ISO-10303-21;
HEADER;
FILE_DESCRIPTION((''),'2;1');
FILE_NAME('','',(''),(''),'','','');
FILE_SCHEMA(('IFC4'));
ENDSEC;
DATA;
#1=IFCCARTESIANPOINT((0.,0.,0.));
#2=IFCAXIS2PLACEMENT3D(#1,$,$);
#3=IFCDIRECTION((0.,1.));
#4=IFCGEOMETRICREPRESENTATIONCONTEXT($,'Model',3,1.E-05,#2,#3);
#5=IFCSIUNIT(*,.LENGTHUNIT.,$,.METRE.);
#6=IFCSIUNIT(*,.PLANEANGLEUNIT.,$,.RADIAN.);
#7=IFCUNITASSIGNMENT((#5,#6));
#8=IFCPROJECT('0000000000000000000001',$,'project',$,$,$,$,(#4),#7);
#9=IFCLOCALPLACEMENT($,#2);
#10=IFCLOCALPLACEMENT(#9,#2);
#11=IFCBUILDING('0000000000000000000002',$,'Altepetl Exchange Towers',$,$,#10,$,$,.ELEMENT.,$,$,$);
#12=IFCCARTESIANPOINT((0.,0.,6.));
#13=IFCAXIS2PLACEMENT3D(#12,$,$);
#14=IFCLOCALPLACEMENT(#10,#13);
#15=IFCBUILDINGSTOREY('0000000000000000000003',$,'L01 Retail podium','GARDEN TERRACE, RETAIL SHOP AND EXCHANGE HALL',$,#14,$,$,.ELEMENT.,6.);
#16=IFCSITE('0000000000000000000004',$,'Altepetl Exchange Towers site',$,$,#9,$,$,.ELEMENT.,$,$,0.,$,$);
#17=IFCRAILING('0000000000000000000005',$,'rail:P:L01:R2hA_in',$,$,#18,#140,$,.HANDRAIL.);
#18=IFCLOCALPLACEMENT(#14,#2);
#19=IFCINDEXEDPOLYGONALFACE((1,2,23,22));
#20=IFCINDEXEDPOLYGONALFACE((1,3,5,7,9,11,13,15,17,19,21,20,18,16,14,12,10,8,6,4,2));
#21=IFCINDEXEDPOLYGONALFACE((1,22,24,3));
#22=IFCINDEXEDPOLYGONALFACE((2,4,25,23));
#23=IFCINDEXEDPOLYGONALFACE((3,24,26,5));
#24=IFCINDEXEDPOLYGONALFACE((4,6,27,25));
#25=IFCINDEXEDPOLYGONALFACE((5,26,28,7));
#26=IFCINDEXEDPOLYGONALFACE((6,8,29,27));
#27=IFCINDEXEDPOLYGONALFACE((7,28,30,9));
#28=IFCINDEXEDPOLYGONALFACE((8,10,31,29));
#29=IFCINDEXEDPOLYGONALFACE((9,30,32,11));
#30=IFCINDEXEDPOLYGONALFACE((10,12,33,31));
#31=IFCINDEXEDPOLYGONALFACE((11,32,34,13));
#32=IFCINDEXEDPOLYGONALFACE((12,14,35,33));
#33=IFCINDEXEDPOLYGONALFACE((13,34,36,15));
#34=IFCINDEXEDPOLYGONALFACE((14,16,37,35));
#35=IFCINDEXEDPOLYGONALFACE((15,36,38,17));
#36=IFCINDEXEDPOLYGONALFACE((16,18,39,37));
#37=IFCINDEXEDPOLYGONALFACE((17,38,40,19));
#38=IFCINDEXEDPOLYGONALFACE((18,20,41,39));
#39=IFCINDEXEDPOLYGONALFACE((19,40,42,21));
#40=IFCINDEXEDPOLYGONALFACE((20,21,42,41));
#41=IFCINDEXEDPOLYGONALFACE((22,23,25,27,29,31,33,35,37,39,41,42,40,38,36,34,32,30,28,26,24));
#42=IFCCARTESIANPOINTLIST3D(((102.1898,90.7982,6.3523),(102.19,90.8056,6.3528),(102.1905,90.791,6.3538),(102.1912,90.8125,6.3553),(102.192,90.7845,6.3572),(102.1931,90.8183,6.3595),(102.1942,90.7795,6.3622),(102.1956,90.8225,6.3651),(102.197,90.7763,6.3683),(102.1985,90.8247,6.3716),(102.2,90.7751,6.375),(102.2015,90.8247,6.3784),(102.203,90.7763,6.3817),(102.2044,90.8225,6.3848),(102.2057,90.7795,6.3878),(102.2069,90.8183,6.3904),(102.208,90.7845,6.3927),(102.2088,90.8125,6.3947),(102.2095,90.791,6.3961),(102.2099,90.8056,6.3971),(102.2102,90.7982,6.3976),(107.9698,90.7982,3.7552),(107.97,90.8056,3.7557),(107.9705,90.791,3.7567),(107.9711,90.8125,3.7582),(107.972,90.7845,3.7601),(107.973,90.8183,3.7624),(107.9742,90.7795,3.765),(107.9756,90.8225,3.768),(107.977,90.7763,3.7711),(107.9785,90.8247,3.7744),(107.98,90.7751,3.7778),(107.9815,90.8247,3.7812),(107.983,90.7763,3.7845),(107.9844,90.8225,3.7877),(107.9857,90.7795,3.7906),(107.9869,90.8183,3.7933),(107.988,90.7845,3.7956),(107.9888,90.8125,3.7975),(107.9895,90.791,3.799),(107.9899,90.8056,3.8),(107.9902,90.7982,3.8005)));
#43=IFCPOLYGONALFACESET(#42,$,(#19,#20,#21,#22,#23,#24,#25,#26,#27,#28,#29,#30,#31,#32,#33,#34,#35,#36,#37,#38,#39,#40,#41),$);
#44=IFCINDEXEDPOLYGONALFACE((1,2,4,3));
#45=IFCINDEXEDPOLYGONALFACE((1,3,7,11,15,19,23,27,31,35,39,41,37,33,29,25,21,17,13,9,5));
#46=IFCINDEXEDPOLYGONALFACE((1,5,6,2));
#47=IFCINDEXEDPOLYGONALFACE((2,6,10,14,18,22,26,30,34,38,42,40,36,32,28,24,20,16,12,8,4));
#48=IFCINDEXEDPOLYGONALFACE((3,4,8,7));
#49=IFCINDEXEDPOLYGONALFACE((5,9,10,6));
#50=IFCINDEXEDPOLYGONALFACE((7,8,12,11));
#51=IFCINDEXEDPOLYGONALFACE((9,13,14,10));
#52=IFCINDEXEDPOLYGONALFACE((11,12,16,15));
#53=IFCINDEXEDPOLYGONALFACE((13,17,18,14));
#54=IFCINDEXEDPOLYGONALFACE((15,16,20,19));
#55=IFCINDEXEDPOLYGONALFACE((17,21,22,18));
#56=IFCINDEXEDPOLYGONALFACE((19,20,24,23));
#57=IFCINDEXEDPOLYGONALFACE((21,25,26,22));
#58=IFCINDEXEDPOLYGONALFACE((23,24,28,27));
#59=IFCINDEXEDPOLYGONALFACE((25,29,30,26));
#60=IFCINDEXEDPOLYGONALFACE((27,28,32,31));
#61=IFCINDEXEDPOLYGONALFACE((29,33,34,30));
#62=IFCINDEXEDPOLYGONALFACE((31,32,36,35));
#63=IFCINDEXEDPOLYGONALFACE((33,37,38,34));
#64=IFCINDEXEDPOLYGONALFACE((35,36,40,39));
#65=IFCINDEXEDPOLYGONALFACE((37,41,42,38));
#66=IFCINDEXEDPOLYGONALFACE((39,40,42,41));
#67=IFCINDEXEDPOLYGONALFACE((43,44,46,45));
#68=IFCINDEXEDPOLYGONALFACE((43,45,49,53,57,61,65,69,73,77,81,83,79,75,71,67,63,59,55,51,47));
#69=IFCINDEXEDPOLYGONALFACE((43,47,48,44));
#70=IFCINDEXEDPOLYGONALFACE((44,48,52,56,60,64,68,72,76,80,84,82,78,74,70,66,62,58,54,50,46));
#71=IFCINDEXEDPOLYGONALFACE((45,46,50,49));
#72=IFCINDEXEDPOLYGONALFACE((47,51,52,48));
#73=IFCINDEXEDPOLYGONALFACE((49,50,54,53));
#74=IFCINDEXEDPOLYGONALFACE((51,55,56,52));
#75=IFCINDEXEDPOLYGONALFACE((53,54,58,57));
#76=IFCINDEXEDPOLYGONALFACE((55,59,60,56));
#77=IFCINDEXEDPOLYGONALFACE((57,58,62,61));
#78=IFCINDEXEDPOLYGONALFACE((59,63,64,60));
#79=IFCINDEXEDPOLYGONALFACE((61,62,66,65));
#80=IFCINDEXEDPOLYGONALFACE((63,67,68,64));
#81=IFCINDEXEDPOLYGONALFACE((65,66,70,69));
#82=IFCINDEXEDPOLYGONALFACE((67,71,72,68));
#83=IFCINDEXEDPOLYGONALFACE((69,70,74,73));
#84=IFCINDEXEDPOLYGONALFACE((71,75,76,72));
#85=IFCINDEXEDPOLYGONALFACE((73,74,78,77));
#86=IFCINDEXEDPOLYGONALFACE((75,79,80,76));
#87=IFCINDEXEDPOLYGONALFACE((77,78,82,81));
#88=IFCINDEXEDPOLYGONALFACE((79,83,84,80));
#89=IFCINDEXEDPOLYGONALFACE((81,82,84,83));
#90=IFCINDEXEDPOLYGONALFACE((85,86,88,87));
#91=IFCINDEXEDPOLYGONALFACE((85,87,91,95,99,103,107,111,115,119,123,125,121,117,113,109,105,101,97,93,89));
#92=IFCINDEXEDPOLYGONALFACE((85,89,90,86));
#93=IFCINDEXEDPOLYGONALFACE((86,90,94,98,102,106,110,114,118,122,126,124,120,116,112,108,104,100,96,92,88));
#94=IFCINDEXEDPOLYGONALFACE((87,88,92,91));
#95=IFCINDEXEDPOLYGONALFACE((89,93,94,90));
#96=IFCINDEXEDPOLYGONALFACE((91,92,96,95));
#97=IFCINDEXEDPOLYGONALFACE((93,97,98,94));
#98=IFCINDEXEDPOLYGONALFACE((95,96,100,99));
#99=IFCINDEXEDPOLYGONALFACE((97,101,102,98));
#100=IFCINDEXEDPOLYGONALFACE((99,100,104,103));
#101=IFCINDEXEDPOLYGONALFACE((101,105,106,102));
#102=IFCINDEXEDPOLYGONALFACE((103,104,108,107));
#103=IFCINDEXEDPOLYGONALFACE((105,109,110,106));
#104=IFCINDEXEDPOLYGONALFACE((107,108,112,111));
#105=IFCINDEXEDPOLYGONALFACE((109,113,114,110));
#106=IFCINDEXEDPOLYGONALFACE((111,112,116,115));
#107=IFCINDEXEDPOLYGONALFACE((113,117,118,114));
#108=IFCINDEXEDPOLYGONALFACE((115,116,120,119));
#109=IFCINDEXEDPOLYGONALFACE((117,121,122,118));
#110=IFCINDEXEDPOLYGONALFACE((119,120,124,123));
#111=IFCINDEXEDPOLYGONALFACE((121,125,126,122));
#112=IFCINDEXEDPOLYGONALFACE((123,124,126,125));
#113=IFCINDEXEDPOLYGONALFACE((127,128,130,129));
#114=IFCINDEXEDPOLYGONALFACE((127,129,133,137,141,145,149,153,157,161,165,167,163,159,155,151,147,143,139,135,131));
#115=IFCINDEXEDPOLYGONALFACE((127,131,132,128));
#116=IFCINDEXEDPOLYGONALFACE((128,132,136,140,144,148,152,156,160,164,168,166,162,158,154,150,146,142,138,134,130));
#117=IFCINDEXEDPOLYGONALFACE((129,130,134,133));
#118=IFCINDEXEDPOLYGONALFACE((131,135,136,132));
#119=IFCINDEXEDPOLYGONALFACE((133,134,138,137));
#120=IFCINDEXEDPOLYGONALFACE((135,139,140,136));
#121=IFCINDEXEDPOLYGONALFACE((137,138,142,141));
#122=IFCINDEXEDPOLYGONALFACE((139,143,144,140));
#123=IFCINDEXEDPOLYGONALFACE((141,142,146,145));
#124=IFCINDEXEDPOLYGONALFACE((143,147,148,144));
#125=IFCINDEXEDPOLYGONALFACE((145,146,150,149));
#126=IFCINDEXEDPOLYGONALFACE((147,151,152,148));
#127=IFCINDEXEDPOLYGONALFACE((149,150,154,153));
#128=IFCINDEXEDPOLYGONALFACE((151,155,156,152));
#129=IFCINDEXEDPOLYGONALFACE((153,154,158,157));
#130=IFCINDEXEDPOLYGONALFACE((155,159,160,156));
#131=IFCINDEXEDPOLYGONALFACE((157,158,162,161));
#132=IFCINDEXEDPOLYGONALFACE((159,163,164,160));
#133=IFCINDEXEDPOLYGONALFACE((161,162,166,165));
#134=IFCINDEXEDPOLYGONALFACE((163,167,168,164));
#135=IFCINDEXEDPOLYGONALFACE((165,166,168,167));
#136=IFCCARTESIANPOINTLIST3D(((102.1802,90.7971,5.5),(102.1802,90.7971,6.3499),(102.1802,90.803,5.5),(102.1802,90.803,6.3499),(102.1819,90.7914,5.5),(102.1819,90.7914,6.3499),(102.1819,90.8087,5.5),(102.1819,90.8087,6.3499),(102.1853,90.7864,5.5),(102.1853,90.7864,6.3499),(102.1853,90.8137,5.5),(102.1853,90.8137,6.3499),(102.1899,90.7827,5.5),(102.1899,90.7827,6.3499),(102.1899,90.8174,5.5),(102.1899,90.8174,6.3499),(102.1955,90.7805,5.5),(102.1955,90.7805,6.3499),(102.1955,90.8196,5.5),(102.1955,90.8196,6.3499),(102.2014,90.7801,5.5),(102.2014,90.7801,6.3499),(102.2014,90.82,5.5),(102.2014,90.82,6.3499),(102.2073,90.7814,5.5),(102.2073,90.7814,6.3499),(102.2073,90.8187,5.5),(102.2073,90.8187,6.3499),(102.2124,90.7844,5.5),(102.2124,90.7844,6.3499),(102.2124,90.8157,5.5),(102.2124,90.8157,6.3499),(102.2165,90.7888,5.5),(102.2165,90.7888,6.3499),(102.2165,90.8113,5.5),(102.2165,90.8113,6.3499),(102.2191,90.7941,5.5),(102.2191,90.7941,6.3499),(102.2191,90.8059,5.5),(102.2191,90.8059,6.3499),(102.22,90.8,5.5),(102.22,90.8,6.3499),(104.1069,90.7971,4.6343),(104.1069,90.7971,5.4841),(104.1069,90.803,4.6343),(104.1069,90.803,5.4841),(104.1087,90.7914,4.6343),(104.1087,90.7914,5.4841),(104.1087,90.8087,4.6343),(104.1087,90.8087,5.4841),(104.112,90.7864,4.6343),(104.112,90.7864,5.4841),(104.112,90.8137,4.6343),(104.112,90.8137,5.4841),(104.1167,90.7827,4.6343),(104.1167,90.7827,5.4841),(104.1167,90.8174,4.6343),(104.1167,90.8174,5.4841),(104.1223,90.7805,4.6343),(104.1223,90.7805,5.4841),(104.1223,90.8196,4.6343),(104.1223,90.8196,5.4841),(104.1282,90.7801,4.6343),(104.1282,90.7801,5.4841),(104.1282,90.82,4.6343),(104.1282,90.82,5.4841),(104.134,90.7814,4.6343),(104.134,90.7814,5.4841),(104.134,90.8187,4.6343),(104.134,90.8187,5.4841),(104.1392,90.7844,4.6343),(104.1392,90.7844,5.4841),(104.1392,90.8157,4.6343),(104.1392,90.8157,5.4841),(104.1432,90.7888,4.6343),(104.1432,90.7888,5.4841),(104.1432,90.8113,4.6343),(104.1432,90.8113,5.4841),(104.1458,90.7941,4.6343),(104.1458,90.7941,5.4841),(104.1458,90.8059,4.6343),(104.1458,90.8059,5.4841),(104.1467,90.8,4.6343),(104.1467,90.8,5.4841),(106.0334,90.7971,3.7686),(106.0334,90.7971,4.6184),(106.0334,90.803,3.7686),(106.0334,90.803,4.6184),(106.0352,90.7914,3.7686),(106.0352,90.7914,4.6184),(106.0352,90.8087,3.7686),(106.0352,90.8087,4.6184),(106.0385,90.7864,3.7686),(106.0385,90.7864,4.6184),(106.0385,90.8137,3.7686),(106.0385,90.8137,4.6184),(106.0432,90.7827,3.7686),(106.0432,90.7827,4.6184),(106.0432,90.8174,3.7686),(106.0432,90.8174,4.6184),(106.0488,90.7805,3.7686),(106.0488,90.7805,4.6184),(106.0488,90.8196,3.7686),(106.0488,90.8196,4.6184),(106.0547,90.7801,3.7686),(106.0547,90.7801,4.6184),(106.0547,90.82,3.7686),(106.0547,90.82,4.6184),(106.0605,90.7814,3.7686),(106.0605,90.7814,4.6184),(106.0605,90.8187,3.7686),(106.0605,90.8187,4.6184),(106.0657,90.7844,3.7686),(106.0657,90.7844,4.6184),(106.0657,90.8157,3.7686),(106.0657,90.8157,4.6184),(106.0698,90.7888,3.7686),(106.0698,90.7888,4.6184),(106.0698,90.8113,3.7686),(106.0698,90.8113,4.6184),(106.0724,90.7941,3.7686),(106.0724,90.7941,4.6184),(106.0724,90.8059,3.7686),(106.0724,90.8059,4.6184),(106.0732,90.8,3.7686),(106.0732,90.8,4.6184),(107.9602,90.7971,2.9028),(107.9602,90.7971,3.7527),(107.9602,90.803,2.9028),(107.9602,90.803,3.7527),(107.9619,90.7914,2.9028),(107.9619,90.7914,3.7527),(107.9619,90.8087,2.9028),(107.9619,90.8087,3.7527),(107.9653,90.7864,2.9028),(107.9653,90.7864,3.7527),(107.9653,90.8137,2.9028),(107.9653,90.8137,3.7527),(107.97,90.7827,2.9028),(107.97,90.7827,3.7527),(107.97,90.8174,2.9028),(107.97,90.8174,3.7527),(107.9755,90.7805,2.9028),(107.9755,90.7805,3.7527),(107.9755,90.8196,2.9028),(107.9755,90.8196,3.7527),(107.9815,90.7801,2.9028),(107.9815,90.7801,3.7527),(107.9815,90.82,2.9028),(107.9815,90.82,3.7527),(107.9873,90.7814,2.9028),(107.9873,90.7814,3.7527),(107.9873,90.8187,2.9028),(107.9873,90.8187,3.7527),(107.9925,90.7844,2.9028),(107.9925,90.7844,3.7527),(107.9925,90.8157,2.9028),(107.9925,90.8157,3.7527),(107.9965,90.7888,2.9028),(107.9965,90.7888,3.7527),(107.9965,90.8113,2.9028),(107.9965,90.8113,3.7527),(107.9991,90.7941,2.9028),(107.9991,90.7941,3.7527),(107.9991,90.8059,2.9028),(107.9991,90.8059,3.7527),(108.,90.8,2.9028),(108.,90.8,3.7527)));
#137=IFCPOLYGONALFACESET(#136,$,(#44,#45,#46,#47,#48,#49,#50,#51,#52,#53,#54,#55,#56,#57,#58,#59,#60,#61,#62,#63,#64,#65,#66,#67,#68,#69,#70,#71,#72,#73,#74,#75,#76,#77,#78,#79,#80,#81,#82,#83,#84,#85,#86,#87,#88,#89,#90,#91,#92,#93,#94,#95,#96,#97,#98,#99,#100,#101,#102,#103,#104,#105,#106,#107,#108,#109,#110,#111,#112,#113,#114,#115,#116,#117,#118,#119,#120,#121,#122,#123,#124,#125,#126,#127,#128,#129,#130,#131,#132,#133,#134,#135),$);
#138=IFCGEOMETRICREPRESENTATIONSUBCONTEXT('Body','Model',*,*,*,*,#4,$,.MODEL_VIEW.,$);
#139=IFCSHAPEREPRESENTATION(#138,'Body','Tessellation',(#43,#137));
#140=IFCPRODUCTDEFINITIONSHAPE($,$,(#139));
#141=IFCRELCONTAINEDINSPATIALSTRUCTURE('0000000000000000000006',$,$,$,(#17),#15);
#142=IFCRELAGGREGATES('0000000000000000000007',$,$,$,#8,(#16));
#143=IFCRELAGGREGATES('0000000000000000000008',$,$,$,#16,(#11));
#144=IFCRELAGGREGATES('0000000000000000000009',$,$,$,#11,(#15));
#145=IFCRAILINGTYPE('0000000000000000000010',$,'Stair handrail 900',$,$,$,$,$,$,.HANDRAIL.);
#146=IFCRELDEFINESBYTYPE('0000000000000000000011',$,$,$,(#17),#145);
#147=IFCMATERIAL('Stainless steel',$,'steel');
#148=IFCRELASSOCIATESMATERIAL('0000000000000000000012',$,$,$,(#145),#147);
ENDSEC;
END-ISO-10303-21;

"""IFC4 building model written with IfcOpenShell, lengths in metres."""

from ifc_helpers import new_model, si_unit, direction, frame, origin, origin_2d, place, context, subcontext, project, spatial, circle, extrude, source, transform, mapped, material, type_object, element, save


model = new_model("IFC4")

# Units and contexts
model_context = context("Model", 3, precision=1e-05, world=origin(), true_north=direction((0.0, 1.0)))
body_context = subcontext(model_context, "Body", "Model", "MODEL_VIEW")
ifc_project = project(units=[si_unit("LENGTHUNIT", "METRE"), si_unit("PLANEANGLEUNIT", "RADIAN")], contexts=[model_context])

# Site, building, storey
site_placement = place(None, origin())
site = spatial("IfcSite", under=ifc_project, at=site_placement, Name="Altepetl Exchange Towers site", CompositionType="ELEMENT", RefElevation=0.0)
building_placement = place(site_placement, origin())
building = spatial("IfcBuilding", under=site, at=building_placement, Name="Altepetl Exchange Towers", CompositionType="ELEMENT")
storey_placement = place(building_placement, frame((0.0, 0.0, 6.0)))
storey = spatial("IfcBuildingStorey", under=building, at=storey_placement, Name="L01 Retail podium", Description="GARDEN TERRACE, RETAIL SHOP AND EXCHANGE HALL", CompositionType="ELEMENT", Elevation=6.0)

# Railing
ifc_material_1 = material(Name="Stainless steel", Category="steel")
railing_type_1 = type_object("IfcRailingType", Name="Stair handrail 900", PredefinedType="HANDRAIL", material=ifc_material_1)
shared_shape_1 = source(origin(), body_context, "Body", "SweptSolid", [
    extrude(circle(Radius=0.02, at=origin_2d()), origin(), (0.0, 0.0, 1.0), 0.8499),
])
for number, where, name in (
    (1, (107.98, 90.8, 2.9028), "rail:P:L01:R2hA_in"),
):
    element("IfcRailing", number, at=place(storey_placement, frame(where)), inside=storey, type_object=railing_type_1, Name=name, PredefinedType="HANDRAIL", context=body_context, shape_type="SweptSolid", body=[
        extrude(circle(Radius=0.0249, at=origin_2d()), frame((0.0, 0.0, 0.875), z_axis=(-0.912148, 0.0, 0.40986), x_axis=(0.0, -1.0, 0.0)), (0.0, 0.0, 1.0), 6.3367),
        mapped(shared_shape_1, transform((0.0, 0.0, 0.0))),
        mapped(shared_shape_1, transform((-1.9268, 0.0, 0.8657))),
        mapped(shared_shape_1, transform((-3.8533, 0.0, 1.7314))),
        mapped(shared_shape_1, transform((-5.78, 0.0, 2.5972))),
    ])

save(model, "model.ifc")
